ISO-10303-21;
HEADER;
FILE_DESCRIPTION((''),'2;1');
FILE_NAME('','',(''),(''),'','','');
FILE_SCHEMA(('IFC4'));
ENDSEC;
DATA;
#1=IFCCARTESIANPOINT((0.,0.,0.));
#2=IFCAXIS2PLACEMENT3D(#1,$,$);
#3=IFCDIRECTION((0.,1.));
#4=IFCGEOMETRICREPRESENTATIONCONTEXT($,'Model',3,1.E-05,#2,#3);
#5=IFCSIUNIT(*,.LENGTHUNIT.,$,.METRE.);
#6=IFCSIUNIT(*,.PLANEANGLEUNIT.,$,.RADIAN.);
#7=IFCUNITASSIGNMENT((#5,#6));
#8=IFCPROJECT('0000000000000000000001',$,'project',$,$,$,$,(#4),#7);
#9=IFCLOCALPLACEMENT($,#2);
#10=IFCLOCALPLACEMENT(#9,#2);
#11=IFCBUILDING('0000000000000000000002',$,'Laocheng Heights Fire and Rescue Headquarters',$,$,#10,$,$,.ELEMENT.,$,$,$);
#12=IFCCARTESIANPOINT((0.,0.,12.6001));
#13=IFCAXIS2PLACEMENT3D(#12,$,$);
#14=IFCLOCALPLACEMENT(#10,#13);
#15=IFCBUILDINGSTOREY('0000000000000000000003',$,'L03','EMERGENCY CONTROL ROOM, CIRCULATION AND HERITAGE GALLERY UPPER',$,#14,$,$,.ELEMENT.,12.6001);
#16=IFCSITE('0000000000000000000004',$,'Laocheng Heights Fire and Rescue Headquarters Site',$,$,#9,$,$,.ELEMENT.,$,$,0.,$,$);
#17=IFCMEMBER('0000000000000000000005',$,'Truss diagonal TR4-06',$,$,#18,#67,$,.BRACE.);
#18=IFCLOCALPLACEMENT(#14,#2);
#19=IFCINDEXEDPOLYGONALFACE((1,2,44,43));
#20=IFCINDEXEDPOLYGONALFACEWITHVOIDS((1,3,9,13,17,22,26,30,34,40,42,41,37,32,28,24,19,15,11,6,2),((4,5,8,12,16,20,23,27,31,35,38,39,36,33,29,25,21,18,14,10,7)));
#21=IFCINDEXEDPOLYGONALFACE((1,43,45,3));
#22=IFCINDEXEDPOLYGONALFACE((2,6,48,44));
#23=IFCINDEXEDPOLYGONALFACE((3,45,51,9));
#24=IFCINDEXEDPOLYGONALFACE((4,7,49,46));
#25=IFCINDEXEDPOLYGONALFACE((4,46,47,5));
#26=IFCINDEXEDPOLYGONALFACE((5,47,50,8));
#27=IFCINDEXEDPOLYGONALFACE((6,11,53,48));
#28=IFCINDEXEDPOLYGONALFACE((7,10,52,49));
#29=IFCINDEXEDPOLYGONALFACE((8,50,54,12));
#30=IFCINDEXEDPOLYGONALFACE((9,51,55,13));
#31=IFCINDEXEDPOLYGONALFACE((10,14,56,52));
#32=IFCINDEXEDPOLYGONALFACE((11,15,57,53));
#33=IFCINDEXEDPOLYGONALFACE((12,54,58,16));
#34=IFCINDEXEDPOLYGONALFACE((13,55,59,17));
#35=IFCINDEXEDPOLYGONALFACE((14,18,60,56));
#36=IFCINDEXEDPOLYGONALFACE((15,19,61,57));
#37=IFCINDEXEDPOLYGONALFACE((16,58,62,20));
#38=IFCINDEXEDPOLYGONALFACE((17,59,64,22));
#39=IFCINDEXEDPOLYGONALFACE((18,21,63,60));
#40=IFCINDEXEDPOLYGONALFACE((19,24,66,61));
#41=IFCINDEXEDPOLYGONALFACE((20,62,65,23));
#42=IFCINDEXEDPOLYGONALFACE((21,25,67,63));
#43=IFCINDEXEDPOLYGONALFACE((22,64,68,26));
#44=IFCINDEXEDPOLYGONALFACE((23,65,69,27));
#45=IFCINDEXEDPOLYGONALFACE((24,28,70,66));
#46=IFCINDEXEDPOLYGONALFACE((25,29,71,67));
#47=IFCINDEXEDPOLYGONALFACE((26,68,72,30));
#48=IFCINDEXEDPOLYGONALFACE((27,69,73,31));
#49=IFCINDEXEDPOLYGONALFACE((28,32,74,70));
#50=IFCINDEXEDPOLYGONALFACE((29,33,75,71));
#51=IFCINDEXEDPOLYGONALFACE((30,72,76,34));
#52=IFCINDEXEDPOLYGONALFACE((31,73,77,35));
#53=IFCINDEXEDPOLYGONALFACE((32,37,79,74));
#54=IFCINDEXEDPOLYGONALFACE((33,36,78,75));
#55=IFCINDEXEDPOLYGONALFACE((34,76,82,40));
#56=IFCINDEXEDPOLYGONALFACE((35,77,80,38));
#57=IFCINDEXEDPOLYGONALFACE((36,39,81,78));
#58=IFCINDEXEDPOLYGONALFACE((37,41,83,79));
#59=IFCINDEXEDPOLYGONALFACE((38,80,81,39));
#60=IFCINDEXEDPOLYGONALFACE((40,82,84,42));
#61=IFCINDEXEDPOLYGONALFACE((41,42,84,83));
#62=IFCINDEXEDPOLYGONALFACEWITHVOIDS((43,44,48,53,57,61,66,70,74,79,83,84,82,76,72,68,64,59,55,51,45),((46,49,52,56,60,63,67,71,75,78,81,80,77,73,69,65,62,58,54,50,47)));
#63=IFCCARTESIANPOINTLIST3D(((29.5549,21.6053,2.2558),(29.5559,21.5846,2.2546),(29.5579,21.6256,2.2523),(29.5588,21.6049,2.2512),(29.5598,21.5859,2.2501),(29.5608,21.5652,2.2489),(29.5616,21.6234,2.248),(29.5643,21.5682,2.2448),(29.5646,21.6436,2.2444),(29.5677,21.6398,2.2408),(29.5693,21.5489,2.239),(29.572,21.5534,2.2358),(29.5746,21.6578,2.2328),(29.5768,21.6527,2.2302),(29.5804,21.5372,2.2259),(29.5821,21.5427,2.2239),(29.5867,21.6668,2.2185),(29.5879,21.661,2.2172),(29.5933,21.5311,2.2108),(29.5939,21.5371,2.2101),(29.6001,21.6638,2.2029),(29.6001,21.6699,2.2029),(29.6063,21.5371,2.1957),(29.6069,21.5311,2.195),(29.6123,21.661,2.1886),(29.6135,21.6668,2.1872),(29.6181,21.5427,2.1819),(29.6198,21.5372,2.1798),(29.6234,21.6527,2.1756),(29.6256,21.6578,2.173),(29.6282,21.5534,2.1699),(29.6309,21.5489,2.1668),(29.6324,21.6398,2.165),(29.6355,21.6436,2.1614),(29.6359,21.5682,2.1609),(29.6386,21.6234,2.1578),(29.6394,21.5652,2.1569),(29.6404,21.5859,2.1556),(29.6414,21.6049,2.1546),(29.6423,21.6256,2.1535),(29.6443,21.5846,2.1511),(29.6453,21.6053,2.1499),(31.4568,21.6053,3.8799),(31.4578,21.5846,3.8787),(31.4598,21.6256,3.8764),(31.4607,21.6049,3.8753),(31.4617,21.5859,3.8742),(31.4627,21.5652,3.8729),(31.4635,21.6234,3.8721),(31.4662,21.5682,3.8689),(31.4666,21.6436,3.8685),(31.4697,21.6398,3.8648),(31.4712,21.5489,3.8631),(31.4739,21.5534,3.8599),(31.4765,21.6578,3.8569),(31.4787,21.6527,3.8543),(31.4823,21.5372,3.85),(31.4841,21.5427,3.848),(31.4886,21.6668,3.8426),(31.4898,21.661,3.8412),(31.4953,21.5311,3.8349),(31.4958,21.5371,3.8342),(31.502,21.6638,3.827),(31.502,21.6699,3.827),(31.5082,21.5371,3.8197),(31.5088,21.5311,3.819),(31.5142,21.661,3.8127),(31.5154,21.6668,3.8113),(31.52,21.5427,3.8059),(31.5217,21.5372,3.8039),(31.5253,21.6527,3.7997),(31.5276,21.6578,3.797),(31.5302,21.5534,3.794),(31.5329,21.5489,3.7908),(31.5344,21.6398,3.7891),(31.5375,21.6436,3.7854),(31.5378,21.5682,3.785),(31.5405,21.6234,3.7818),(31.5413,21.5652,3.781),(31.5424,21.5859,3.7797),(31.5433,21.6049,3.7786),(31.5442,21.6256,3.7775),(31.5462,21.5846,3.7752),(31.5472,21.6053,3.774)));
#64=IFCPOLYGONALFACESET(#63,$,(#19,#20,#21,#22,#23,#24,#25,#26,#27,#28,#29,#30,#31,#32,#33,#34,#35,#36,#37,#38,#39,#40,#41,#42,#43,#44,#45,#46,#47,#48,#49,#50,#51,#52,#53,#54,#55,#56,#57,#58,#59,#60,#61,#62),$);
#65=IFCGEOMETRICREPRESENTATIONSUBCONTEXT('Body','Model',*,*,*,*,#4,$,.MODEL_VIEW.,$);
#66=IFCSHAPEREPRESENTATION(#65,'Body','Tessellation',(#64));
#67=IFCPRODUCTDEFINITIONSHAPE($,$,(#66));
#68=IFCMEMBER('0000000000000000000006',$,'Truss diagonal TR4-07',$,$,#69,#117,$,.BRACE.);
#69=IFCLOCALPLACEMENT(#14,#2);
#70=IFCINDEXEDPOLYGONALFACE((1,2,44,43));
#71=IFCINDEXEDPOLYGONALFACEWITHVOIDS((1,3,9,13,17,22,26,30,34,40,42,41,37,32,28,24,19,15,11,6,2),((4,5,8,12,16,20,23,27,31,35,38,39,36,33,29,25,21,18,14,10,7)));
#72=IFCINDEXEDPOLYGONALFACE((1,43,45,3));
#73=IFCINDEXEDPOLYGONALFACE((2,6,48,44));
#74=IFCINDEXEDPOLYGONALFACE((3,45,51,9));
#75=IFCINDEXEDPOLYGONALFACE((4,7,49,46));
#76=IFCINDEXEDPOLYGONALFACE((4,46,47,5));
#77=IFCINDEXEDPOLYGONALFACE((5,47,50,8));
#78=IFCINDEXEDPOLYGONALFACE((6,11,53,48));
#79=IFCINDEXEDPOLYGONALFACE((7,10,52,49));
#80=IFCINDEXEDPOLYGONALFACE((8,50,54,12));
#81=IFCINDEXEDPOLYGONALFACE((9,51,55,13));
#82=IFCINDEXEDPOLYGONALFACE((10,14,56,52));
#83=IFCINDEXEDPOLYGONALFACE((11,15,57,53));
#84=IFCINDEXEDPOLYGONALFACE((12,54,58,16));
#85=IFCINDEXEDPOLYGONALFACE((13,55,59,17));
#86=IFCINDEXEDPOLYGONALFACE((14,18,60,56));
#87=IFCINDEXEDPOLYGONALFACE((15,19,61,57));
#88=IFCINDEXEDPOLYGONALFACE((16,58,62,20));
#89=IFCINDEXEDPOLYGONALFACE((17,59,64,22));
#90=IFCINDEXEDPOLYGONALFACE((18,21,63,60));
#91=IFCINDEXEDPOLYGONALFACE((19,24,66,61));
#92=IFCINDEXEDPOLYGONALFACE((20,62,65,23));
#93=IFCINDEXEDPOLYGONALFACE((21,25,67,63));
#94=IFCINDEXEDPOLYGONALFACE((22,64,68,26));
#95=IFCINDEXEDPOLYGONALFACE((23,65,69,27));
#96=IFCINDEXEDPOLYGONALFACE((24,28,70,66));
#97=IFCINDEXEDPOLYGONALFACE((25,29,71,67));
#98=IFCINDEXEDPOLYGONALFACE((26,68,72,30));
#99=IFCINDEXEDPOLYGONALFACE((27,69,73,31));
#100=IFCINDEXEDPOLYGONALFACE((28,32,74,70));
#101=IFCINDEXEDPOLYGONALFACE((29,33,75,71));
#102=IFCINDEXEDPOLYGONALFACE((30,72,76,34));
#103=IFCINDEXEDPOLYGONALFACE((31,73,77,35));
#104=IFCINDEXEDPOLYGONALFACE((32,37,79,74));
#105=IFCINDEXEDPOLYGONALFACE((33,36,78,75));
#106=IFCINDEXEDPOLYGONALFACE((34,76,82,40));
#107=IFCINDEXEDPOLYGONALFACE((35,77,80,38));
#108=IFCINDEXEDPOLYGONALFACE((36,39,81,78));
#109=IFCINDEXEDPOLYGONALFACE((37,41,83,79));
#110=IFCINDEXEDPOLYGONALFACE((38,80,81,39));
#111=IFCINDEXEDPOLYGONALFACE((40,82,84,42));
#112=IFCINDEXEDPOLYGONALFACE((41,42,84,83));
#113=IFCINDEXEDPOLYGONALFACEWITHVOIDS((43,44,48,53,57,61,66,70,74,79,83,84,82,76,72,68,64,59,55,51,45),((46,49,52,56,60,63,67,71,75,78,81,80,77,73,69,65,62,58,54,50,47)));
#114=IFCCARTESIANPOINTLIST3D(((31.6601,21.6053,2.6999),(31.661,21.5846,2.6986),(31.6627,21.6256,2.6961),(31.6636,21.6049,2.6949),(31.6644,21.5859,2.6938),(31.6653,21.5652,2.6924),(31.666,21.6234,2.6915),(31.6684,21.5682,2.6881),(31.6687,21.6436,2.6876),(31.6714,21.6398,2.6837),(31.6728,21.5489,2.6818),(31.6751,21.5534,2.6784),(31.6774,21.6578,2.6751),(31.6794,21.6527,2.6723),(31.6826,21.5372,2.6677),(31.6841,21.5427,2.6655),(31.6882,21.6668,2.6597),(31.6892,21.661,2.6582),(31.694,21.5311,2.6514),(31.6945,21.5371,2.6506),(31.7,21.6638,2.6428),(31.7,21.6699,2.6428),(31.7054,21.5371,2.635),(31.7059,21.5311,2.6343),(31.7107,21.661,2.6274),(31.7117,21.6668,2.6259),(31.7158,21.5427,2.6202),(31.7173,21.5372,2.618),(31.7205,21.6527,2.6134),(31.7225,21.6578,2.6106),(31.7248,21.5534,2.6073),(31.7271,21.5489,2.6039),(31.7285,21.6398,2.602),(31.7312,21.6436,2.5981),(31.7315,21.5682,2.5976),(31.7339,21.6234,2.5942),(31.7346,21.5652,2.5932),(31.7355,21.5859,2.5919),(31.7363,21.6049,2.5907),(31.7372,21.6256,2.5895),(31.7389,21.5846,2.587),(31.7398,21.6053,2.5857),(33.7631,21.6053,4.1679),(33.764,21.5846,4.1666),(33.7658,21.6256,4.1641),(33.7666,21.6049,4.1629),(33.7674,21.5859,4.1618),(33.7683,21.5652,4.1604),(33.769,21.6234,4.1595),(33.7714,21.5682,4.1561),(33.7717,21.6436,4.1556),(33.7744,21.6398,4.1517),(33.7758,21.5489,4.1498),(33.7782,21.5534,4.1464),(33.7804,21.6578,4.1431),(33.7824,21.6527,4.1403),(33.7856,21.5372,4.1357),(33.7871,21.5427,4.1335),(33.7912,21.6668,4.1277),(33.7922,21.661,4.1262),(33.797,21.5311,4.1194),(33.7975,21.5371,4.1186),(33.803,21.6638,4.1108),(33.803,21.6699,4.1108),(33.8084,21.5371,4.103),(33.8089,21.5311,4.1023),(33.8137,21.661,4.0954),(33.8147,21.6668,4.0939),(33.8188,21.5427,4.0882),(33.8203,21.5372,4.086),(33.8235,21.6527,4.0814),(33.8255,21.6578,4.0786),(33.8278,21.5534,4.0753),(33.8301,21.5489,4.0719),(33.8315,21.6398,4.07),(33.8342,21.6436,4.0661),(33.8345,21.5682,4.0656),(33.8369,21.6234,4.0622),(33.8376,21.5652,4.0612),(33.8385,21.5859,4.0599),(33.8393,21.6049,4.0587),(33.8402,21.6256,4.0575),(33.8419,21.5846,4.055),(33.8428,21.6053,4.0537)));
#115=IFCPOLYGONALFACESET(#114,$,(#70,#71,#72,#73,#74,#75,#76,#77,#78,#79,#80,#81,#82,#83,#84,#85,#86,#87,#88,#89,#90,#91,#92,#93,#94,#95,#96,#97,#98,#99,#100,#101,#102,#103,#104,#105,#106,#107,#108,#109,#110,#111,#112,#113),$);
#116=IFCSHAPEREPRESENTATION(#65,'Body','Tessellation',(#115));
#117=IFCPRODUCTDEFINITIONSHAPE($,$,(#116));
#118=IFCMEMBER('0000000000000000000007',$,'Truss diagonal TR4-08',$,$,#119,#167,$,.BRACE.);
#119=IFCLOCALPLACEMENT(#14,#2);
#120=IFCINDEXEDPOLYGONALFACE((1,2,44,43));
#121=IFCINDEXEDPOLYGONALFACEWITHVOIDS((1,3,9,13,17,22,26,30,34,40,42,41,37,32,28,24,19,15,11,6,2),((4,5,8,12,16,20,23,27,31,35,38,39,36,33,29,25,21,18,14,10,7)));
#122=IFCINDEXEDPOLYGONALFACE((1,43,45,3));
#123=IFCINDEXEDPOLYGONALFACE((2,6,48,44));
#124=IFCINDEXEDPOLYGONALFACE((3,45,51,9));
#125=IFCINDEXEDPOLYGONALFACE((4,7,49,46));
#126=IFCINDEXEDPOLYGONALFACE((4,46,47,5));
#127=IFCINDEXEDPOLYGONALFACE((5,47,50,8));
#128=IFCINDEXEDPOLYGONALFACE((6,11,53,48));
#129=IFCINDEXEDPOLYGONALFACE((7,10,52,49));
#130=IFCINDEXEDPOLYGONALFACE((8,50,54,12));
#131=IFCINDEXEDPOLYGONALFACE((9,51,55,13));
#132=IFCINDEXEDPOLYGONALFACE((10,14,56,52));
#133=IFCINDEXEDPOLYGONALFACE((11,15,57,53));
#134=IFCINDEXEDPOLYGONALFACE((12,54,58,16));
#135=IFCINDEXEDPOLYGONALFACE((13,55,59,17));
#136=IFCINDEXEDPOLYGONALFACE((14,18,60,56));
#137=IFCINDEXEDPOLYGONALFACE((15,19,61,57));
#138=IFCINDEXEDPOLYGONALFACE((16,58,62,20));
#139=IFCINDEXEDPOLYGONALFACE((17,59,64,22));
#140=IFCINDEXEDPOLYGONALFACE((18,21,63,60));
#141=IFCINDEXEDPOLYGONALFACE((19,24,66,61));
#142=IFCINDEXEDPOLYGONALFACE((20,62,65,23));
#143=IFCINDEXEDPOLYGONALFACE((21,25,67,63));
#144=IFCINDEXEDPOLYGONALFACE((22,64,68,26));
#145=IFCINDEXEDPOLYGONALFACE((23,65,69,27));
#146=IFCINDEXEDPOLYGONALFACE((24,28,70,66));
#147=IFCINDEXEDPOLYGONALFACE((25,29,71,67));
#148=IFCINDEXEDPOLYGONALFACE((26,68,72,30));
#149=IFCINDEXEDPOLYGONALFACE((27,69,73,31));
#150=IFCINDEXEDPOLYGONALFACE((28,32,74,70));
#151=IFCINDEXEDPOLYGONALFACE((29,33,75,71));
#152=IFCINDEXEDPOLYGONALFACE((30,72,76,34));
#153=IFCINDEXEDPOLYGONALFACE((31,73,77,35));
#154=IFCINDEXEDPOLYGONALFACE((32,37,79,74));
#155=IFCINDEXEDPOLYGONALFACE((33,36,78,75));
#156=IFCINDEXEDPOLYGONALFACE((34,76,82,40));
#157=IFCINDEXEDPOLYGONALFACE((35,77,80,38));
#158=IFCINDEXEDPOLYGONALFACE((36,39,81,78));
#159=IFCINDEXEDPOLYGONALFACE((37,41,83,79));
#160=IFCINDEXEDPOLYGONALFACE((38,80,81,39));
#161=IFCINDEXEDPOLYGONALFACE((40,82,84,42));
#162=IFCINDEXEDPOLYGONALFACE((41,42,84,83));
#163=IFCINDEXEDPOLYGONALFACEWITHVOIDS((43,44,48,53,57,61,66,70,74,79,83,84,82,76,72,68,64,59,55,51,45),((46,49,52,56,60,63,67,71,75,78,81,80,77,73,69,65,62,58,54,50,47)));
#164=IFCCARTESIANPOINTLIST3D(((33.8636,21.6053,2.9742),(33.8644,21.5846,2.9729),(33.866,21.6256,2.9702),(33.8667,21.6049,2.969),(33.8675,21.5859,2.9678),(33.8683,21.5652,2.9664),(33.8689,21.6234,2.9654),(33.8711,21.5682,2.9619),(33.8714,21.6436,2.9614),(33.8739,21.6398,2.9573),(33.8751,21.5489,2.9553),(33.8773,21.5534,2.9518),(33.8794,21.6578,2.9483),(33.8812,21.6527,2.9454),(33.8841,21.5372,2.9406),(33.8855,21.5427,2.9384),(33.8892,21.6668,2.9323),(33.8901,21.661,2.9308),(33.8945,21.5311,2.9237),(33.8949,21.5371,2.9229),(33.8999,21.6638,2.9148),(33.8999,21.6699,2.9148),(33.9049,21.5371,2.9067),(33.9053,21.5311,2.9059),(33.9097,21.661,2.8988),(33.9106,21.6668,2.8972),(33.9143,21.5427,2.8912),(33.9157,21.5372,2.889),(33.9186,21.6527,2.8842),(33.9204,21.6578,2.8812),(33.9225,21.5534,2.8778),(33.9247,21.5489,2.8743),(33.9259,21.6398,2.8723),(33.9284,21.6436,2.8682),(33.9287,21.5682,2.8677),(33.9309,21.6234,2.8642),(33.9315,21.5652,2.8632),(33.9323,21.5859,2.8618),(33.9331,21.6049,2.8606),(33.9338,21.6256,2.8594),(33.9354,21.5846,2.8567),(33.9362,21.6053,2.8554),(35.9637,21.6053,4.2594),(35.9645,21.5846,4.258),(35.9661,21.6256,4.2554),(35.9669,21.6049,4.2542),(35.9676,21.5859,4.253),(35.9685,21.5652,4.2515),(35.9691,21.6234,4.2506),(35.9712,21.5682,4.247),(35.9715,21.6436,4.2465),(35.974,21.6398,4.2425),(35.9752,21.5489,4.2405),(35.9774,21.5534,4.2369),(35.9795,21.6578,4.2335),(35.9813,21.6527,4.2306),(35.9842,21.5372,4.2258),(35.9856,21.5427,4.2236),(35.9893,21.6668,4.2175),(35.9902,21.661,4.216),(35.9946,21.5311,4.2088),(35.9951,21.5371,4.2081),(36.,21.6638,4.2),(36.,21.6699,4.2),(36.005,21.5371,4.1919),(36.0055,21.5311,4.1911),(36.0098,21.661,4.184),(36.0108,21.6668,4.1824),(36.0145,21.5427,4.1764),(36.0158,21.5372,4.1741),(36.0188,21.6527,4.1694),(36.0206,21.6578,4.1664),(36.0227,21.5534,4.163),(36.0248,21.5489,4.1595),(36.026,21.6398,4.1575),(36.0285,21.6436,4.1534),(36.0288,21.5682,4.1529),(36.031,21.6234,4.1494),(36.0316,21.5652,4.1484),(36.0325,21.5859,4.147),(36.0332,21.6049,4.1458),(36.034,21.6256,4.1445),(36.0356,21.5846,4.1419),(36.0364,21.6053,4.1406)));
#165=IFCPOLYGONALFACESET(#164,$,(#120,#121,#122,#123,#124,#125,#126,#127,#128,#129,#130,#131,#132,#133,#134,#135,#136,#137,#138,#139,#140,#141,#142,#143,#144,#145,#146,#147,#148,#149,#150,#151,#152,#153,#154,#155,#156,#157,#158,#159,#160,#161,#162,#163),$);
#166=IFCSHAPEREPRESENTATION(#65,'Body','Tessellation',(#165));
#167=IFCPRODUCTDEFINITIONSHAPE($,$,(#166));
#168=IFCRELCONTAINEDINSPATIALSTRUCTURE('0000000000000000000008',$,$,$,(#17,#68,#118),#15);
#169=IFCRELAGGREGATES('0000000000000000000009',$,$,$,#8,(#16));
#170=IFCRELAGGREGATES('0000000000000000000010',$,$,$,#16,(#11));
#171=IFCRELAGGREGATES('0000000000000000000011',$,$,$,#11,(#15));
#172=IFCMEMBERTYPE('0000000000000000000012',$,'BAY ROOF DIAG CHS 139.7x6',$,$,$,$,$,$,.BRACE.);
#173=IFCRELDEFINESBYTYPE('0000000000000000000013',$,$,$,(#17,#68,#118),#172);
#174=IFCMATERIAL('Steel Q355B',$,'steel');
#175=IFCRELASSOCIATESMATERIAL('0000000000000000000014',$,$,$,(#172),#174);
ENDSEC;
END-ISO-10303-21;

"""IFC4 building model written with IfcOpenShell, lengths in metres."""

from ifc_helpers import new_model, si_unit, direction, frame, origin, origin_2d, place, context, subcontext, project, spatial, hollow_circle, extrude, material, material_profile, profile_set, type_object, element, save


model = new_model("IFC4")

# Units and contexts
model_context = context("Model", 3, precision=1e-05, world=origin(), true_north=direction((0.0, 1.0)))
body_context = subcontext(model_context, "Body", "Model", "MODEL_VIEW")
ifc_project = project(units=[si_unit("LENGTHUNIT", "METRE"), si_unit("PLANEANGLEUNIT", "RADIAN")], contexts=[model_context])

# Site, building, storey
site_placement = place(None, origin())
site = spatial("IfcSite", under=ifc_project, at=site_placement, Name="Laocheng Heights Fire and Rescue Headquarters Site", CompositionType="ELEMENT", RefElevation=0.0)
building_placement = place(site_placement, origin())
building = spatial("IfcBuilding", under=site, at=building_placement, Name="Laocheng Heights Fire and Rescue Headquarters", CompositionType="ELEMENT")
storey_placement = place(building_placement, frame((0.0, 0.0, 12.6001)))
storey = spatial("IfcBuildingStorey", under=building, at=storey_placement, Name="L03", Description="EMERGENCY CONTROL ROOM, CIRCULATION AND HERITAGE GALLERY UPPER", CompositionType="ELEMENT", Elevation=12.6001)

# Members
ifc_material_1 = material(Name="Steel Q355B", Category="steel")
ifc_material_profile_1 = material_profile(ifc_material_1, hollow_circle(Radius=0.0698, WallThickness=0.0061, at=origin_2d()), Name="CHS 139.7x6")
ifc_profile_set_1 = profile_set([ifc_material_profile_1], Name="Steel Q355B")
member_type_1 = type_object("IfcMemberType", Name="BAY ROOF DIAG CHS 139.7x6", PredefinedType="BRACE", material=ifc_profile_set_1)
member_1_placement = place(storey_placement, frame((29.6001, 21.6001, 2.2029), z_axis=(0.760468, 0.0, 0.649375), x_axis=(0.0, 1.0, 0.0)))
element("IfcMember", 1, at=member_1_placement, inside=storey, type_object=member_type_1, Name="Truss diagonal TR4-06", PredefinedType="BRACE", context=body_context, shape_type="SweptSolid", body=[
    extrude(hollow_circle(Radius=0.0698, WallThickness=0.0061, at=origin_2d()), origin(), (0.0, 0.0, 1.0), 2.501),
])
member_2_placement = place(storey_placement, frame((31.7, 21.6001, 2.6428), z_axis=(0.819983, 0.0, 0.572389), x_axis=(0.0, 1.0, 0.0)))
element("IfcMember", 2, at=member_2_placement, inside=storey, type_object=member_type_1, Name="Truss diagonal TR4-07", PredefinedType="BRACE", context=body_context, shape_type="SweptSolid", body=[
    extrude(hollow_circle(Radius=0.0698, WallThickness=0.0061, at=origin_2d()), origin(), (0.0, 0.0, 1.0), 2.5647),
])
member_3_placement = place(storey_placement, frame((33.8999, 21.6001, 2.9148), z_axis=(0.852963, 0.0, 0.521971), x_axis=(0.0, 1.0, 0.0)))
element("IfcMember", 3, at=member_3_placement, inside=storey, type_object=member_type_1, Name="Truss diagonal TR4-08", PredefinedType="BRACE", context=body_context, shape_type="SweptSolid", body=[
    extrude(hollow_circle(Radius=0.0698, WallThickness=0.0061, at=origin_2d()), origin(), (0.0, 0.0, 1.0), 2.4622),
])

save(model, "model.ifc")
